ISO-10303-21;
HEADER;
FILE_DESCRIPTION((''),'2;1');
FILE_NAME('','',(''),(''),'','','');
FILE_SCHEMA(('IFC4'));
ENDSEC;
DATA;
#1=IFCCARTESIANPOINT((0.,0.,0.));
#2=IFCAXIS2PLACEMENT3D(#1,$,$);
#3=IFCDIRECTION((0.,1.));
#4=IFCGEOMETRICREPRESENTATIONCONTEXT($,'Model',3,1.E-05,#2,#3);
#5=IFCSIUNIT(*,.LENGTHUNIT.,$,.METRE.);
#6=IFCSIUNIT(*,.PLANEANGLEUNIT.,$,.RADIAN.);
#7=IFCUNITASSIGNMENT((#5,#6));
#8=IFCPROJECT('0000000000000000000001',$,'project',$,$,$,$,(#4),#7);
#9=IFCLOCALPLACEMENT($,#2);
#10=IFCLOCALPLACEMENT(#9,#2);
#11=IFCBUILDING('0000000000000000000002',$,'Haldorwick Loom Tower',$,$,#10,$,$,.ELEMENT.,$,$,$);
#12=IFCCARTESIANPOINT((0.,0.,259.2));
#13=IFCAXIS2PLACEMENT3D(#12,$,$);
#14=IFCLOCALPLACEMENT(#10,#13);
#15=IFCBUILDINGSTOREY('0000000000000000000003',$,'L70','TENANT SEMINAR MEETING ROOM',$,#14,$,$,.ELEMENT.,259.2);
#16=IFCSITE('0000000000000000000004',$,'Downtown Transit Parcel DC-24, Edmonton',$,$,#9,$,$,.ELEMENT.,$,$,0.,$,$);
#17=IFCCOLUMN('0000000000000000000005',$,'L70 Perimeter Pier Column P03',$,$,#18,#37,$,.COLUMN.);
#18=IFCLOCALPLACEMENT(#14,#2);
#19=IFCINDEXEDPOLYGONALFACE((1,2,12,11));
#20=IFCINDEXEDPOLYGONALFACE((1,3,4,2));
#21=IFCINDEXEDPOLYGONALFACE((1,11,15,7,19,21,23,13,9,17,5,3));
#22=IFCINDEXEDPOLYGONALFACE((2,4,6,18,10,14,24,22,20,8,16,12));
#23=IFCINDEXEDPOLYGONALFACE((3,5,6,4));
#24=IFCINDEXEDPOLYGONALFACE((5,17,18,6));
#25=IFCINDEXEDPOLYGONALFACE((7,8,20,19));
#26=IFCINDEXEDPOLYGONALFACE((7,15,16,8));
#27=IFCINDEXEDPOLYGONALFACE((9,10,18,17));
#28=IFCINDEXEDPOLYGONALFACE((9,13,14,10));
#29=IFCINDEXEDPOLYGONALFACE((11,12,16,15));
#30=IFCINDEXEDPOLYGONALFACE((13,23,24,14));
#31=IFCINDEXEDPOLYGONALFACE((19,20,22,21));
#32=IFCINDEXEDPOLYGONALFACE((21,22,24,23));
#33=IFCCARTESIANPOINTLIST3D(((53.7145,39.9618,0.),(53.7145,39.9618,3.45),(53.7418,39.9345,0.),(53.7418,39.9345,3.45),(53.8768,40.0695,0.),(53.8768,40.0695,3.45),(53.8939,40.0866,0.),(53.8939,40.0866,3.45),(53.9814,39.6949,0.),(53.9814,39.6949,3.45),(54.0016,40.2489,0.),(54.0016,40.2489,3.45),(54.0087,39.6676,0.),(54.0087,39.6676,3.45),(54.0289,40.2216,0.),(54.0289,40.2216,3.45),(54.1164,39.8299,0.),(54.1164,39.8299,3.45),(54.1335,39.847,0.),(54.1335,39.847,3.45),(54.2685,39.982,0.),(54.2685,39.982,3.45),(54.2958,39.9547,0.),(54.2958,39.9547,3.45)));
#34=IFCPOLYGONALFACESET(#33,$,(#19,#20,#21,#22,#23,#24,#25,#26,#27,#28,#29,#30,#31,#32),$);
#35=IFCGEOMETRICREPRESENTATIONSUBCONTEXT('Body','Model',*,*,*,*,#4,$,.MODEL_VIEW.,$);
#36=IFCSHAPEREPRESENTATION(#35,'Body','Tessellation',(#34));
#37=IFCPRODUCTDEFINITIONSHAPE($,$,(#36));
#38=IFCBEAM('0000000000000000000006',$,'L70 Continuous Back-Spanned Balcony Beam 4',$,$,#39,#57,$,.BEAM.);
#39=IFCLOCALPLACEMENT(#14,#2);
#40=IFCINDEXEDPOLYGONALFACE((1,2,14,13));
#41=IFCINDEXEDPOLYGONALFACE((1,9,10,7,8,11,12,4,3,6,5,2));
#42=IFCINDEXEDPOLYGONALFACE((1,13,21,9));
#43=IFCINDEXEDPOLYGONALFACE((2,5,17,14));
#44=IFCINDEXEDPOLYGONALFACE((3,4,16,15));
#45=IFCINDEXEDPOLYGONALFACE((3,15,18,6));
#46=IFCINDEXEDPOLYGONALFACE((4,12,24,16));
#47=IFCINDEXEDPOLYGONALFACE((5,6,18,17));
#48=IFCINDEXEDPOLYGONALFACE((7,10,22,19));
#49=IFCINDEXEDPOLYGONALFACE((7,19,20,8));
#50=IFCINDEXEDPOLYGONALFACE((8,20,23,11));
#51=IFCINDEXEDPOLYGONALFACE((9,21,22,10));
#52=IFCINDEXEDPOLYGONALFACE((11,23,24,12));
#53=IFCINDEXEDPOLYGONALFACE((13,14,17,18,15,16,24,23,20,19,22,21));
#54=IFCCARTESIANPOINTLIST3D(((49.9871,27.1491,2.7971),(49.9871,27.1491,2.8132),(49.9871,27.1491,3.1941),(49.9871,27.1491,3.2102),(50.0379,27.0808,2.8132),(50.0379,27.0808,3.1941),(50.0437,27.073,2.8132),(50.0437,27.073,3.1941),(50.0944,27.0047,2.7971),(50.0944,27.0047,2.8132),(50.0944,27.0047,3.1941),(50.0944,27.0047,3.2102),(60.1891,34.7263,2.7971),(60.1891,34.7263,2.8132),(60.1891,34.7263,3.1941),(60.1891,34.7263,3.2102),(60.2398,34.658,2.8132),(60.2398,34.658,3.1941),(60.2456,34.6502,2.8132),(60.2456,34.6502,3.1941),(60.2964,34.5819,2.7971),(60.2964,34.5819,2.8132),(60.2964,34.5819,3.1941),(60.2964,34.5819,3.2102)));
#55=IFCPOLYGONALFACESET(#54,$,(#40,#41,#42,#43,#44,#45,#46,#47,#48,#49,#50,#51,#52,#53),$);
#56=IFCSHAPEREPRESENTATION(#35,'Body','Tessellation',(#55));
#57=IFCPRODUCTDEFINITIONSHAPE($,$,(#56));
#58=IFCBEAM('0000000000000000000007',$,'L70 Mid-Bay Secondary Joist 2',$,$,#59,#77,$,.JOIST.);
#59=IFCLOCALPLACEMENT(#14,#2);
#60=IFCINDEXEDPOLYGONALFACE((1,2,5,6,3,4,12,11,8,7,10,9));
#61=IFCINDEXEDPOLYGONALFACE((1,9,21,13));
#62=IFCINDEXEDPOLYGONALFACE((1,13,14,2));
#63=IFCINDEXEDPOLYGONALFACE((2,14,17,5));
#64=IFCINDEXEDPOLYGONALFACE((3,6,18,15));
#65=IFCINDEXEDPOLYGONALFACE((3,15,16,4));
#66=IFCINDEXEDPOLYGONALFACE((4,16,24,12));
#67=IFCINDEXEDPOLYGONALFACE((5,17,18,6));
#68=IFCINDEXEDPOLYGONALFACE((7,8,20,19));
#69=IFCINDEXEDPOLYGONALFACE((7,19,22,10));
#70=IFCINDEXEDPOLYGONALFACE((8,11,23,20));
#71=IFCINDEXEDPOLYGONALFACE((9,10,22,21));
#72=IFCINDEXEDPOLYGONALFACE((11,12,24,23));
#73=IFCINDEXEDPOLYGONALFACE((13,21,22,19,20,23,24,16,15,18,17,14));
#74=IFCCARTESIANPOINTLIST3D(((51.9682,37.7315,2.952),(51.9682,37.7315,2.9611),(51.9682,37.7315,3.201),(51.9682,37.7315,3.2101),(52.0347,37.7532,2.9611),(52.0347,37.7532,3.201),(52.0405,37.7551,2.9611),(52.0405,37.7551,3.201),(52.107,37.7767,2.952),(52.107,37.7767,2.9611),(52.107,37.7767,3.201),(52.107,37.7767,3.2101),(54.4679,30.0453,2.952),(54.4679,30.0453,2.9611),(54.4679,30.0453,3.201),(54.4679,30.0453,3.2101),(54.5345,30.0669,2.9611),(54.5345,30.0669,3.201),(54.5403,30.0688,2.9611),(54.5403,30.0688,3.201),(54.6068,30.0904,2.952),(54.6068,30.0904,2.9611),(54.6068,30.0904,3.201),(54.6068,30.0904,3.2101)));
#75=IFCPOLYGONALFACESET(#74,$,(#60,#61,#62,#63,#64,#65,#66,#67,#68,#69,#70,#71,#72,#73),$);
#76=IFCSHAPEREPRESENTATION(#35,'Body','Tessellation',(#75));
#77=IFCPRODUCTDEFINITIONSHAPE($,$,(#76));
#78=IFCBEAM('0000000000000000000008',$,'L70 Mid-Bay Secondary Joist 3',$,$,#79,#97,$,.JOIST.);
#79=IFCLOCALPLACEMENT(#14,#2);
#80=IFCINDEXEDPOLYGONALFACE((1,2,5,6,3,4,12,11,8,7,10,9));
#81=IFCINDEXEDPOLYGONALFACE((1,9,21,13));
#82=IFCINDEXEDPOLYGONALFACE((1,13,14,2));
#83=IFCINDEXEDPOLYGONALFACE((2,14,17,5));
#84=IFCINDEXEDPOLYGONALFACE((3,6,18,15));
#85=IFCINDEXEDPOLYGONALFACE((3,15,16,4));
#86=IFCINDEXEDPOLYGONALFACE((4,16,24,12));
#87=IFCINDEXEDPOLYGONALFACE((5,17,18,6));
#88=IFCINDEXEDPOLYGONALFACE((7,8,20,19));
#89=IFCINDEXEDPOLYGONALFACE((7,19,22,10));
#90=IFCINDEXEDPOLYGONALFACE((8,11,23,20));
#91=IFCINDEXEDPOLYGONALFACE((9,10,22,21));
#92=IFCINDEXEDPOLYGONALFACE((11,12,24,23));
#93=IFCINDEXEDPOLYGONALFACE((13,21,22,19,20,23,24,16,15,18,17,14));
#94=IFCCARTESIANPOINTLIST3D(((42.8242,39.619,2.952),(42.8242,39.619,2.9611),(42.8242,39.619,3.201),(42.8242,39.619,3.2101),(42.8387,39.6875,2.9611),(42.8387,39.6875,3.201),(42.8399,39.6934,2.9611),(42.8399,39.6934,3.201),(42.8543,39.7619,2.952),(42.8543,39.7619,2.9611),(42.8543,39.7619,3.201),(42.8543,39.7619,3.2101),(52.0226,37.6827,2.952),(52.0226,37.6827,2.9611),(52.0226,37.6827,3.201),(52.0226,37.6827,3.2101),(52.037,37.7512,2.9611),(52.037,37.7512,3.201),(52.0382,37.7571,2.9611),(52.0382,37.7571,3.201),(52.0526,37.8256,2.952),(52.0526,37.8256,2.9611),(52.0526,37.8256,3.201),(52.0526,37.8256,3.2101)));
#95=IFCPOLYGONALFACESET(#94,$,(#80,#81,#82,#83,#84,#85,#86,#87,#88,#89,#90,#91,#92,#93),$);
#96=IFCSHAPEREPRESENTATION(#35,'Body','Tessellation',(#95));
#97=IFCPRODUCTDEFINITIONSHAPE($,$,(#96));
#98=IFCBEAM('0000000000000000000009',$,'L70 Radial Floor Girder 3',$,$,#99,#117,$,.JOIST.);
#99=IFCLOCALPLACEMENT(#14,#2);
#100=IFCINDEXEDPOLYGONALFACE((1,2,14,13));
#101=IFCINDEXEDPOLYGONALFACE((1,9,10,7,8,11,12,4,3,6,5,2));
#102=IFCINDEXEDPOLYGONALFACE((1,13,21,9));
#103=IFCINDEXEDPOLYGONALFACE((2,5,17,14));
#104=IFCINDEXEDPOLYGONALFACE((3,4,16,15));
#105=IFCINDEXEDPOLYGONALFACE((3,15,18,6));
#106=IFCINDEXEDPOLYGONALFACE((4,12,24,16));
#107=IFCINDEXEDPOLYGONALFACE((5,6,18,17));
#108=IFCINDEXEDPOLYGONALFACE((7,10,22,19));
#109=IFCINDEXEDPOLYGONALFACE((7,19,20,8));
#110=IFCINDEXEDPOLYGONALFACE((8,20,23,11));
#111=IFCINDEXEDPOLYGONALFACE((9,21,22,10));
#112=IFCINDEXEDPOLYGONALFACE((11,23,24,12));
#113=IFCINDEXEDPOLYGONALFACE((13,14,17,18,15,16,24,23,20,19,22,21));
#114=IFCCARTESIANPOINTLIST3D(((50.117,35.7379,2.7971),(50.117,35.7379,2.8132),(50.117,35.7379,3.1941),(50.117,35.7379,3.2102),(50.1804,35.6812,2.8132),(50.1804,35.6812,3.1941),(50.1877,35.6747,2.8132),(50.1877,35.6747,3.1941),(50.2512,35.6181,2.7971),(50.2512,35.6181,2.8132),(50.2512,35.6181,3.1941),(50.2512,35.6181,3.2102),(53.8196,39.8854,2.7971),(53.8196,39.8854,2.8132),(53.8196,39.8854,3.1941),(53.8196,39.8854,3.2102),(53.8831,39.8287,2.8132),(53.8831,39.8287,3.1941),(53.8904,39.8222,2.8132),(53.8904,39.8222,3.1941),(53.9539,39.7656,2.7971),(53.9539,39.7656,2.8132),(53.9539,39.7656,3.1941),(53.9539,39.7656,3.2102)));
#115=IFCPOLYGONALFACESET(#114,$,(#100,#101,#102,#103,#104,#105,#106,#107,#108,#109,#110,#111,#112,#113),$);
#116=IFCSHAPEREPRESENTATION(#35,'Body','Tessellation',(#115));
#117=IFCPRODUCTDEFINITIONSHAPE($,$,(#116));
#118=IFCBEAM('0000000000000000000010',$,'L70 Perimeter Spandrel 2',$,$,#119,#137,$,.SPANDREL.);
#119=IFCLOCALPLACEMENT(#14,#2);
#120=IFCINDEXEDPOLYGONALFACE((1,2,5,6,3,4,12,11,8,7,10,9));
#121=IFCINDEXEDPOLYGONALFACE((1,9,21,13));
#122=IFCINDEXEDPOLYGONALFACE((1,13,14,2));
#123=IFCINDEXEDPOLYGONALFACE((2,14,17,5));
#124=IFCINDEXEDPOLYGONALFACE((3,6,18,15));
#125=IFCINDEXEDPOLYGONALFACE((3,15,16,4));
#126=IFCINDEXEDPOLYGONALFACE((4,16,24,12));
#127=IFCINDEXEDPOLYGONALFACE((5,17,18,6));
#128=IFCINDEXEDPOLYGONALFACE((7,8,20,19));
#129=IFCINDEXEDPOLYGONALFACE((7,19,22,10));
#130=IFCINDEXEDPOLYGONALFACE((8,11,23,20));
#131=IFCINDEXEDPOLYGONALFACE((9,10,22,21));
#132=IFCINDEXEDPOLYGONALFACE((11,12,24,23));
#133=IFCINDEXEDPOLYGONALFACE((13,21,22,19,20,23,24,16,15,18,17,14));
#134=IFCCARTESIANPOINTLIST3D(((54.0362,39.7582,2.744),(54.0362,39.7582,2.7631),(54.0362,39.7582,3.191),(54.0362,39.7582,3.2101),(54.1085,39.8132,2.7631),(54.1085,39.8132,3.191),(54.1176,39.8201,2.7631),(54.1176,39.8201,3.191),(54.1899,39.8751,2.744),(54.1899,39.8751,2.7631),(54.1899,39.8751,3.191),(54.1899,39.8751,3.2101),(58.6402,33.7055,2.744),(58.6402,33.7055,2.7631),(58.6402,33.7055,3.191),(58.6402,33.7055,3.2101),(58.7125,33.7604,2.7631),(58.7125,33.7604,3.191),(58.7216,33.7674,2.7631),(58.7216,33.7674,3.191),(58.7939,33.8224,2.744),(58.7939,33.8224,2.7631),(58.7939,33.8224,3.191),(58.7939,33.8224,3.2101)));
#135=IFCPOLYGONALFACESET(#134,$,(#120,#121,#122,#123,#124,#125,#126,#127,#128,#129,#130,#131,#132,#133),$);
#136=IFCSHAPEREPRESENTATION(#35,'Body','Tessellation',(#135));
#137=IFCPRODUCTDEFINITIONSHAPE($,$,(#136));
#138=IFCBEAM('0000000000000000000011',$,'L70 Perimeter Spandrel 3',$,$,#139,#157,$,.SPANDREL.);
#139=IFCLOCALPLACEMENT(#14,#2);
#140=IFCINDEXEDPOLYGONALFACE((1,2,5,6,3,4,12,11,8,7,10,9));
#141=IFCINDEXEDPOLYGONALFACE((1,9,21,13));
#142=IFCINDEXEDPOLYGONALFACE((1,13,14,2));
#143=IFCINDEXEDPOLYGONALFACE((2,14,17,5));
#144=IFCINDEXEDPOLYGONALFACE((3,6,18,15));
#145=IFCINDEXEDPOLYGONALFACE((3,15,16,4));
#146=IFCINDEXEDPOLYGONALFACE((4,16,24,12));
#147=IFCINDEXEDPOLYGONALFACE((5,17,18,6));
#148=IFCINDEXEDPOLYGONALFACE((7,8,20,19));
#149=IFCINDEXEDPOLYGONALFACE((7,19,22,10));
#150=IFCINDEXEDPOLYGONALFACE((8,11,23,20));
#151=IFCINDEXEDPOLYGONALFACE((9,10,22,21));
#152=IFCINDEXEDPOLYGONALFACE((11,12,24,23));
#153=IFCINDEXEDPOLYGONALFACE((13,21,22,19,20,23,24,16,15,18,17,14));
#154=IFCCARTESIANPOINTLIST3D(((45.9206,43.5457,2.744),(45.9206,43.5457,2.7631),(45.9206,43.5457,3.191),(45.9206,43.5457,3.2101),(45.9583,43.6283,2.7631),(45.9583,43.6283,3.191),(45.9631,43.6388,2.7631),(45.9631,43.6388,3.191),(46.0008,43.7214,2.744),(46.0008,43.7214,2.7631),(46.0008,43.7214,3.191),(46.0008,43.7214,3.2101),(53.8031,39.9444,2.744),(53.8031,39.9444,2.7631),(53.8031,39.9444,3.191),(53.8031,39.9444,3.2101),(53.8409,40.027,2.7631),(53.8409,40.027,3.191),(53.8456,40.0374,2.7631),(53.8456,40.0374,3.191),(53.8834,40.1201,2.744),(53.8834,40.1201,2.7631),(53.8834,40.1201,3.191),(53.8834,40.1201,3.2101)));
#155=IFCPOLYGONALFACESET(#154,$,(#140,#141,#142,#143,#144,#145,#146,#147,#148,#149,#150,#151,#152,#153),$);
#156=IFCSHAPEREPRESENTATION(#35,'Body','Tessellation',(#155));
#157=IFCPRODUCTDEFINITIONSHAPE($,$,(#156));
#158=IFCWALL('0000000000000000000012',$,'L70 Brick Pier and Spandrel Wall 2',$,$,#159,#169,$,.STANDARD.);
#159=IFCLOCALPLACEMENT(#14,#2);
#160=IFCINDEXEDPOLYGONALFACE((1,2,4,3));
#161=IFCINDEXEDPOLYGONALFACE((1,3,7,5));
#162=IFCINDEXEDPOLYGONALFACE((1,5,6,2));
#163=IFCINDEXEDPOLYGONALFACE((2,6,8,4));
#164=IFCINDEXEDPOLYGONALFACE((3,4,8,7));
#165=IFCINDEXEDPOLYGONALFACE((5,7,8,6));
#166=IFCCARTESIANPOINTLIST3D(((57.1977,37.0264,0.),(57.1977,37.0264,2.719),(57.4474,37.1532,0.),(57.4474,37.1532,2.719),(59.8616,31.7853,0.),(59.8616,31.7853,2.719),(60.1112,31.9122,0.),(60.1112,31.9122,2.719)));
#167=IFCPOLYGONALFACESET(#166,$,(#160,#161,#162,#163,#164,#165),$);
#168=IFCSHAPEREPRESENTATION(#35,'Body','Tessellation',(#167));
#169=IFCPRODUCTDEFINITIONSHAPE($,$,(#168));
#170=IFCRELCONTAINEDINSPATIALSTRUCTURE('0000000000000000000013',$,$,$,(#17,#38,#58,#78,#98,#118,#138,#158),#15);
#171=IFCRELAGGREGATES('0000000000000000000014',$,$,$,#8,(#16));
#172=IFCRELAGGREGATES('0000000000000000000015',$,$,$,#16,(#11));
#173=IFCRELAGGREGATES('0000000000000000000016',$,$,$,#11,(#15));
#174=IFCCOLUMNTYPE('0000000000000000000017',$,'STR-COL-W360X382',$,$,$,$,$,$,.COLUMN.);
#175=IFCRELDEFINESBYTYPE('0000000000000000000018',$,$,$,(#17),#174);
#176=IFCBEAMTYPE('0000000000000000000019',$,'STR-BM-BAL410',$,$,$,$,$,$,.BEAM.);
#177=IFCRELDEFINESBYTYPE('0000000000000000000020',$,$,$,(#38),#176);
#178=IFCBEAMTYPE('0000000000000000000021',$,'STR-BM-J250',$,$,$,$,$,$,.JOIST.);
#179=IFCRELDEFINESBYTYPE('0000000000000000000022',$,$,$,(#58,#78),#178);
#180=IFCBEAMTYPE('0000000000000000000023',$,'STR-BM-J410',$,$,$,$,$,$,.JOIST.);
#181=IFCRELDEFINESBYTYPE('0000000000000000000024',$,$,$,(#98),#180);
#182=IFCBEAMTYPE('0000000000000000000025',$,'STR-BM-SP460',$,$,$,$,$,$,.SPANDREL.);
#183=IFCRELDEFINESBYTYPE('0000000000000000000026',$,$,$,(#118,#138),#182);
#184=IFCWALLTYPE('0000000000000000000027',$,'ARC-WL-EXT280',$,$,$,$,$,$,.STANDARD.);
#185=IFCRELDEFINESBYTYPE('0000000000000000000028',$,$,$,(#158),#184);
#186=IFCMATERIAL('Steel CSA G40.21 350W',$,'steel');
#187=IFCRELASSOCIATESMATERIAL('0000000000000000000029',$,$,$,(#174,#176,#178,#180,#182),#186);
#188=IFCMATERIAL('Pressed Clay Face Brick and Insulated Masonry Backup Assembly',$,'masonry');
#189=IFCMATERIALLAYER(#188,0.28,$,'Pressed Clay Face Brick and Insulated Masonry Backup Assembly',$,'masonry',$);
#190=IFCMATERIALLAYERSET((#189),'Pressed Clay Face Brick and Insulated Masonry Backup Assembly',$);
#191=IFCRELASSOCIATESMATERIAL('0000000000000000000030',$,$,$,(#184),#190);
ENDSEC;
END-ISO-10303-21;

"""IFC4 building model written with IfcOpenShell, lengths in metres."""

from ifc_helpers import new_model, si_unit, direction, frame, frame_2d, origin, origin_2d, place, context, subcontext, project, spatial, rectangle, i_section, extrude, material, layer, layer_set, material_profile, profile_set, type_object, element, save


model = new_model("IFC4")

# Units and contexts
model_context = context("Model", 3, precision=1e-05, world=origin(), true_north=direction((0.0, 1.0)))
body_context = subcontext(model_context, "Body", "Model", "MODEL_VIEW")
ifc_project = project(units=[si_unit("LENGTHUNIT", "METRE"), si_unit("PLANEANGLEUNIT", "RADIAN")], contexts=[model_context])

# Site, building, storey
site_placement = place(None, origin())
site = spatial("IfcSite", under=ifc_project, at=site_placement, Name="Downtown Transit Parcel DC-24, Edmonton", CompositionType="ELEMENT", RefElevation=0.0)
building_placement = place(site_placement, origin())
building = spatial("IfcBuilding", under=site, at=building_placement, Name="Haldorwick Loom Tower", CompositionType="ELEMENT")
storey_placement = place(building_placement, frame((0.0, 0.0, 259.2)))
storey = spatial("IfcBuildingStorey", under=building, at=storey_placement, Name="L70", Description="TENANT SEMINAR MEETING ROOM", CompositionType="ELEMENT", Elevation=259.2)

# Column
ifc_material_1 = material(Name="Steel CSA G40.21 350W", Category="steel")
ifc_material_profile_1 = material_profile(ifc_material_1, i_section(OverallWidth=0.406, OverallDepth=0.416, WebThickness=0.0242, FlangeThickness=0.0386, at=origin_2d()), Name="W360X382", Category="steel")
ifc_profile_set_1 = profile_set([ifc_material_profile_1], Name="Steel CSA G40.21 350W")
column_type_1 = type_object("IfcColumnType", Name="STR-COL-W360X382", PredefinedType="COLUMN", material=ifc_profile_set_1)
column_1_placement = place(storey_placement, frame((54.0051, 39.9583, 0.0), z_axis=(0.0, 0.0, 1.0), x_axis=(0.707107, 0.707107, 0.0)))
element("IfcColumn", 1, at=column_1_placement, inside=storey, type_object=column_type_1, Name="L70 Perimeter Pier Column P03", PredefinedType="COLUMN", context=body_context, shape_type="SweptSolid", body=[
    extrude(i_section(OverallWidth=0.406, OverallDepth=0.416, WebThickness=0.0242, FlangeThickness=0.0386, at=origin_2d()), origin(), (0.0, 0.0, 1.0), 3.45),
])

# Beams
ifc_material_profile_2 = material_profile(ifc_material_1, i_section(OverallWidth=0.1799, OverallDepth=0.4131, WebThickness=0.0098, FlangeThickness=0.0161, at=origin_2d()), Name="W410X74", Category="steel")
ifc_profile_set_2 = profile_set([ifc_material_profile_2], Name="Steel CSA G40.21 350W")
beam_type_1 = type_object("IfcBeamType", Name="STR-BM-BAL410", PredefinedType="BEAM", material=ifc_profile_set_2)
beam_1_placement = place(storey_placement, frame((50.0408, 27.0769, 3.0037), z_axis=(0.802797, 0.596253, 0.0), x_axis=(-0.596253, 0.802797, 0.0)))
element("IfcBeam", 2, at=beam_1_placement, inside=storey, type_object=beam_type_1, Name="L70 Continuous Back-Spanned Balcony Beam 4", PredefinedType="BEAM", context=body_context, shape_type="SweptSolid", body=[
    extrude(i_section(OverallWidth=0.1799, OverallDepth=0.4131, WebThickness=0.0098, FlangeThickness=0.0161, at=origin_2d()), origin(), (0.0, 0.0, 1.0), 12.708),
])
ifc_material_profile_3 = material_profile(ifc_material_1, i_section(OverallWidth=0.146, OverallDepth=0.2581, WebThickness=0.0061, FlangeThickness=0.009, at=origin_2d()), Name="W250X33", Category="steel")
ifc_profile_set_3 = profile_set([ifc_material_profile_3], Name="Steel CSA G40.21 350W")
beam_type_2 = type_object("IfcBeamType", Name="STR-BM-J250", PredefinedType="JOIST", material=ifc_profile_set_3)
beam_2_placement = place(storey_placement, frame((54.5374, 30.0679, 3.0811), z_axis=(-0.309278, 0.950972, 0.0), x_axis=(-0.950972, -0.309278, 0.0)))
element("IfcBeam", 3, at=beam_2_placement, inside=storey, type_object=beam_type_2, Name="L70 Mid-Bay Secondary Joist 2", PredefinedType="JOIST", context=body_context, shape_type="SweptSolid", body=[
    extrude(i_section(OverallWidth=0.146, OverallDepth=0.2581, WebThickness=0.0061, FlangeThickness=0.009, at=origin_2d()), origin(), (0.0, 0.0, 1.0), 8.0825),
])
beam_3_placement = place(storey_placement, frame((52.0376, 37.7542, 3.0811), z_axis=(-0.978554, 0.205991, 0.0), x_axis=(-0.205991, -0.978554, 0.0)))
element("IfcBeam", 4, at=beam_3_placement, inside=storey, type_object=beam_type_2, Name="L70 Mid-Bay Secondary Joist 3", PredefinedType="JOIST", context=body_context, shape_type="SweptSolid", body=[
    extrude(i_section(OverallWidth=0.146, OverallDepth=0.2581, WebThickness=0.0061, FlangeThickness=0.009, at=origin_2d()), origin(), (0.0, 0.0, 1.0), 9.3999),
])
ifc_material_profile_4 = material_profile(ifc_material_1, i_section(OverallWidth=0.1799, OverallDepth=0.4131, WebThickness=0.0098, FlangeThickness=0.0161, at=origin_2d()), Name="W410X74", Category="steel")
ifc_profile_set_4 = profile_set([ifc_material_profile_4], Name="Steel CSA G40.21 350W")
beam_type_3 = type_object("IfcBeamType", Name="STR-BM-J410", PredefinedType="JOIST", material=ifc_profile_set_4)
beam_4_placement = place(storey_placement, frame((50.1841, 35.678, 3.0037), z_axis=(0.66597, 0.745978, 0.0), x_axis=(-0.745978, 0.66597, 0.0)))
element("IfcBeam", 5, at=beam_4_placement, inside=storey, type_object=beam_type_3, Name="L70 Radial Floor Girder 3", PredefinedType="JOIST", context=body_context, shape_type="SweptSolid", body=[
    extrude(i_section(OverallWidth=0.1799, OverallDepth=0.4131, WebThickness=0.0098, FlangeThickness=0.0161, at=origin_2d()), origin(), (0.0, 0.0, 1.0), 5.5598),
])
ifc_material_profile_5 = material_profile(ifc_material_1, i_section(OverallWidth=0.1931, OverallDepth=0.4661, WebThickness=0.0115, FlangeThickness=0.019, at=origin_2d()), Name="W460X97", Category="steel")
ifc_profile_set_5 = profile_set([ifc_material_profile_5], Name="Steel CSA G40.21 350W")
beam_type_4 = type_object("IfcBeamType", Name="STR-BM-SP460", PredefinedType="SPANDREL", material=ifc_profile_set_5)
beam_5_placement = place(storey_placement, frame((58.717, 33.7639, 2.9771), z_axis=(-0.60541, 0.795913, 0.0), x_axis=(-0.795913, -0.60541, 0.0)))
element("IfcBeam", 6, at=beam_5_placement, inside=storey, type_object=beam_type_4, Name="L70 Perimeter Spandrel 2", PredefinedType="SPANDREL", context=body_context, shape_type="SweptSolid", body=[
    extrude(i_section(OverallWidth=0.1931, OverallDepth=0.4661, WebThickness=0.0115, FlangeThickness=0.019, at=origin_2d()), origin(), (0.0, 0.0, 1.0), 7.6047),
])
beam_6_placement = place(storey_placement, frame((53.8433, 40.0322, 2.9771), z_axis=(-0.909568, 0.415555, 0.0), x_axis=(-0.415555, -0.909568, 0.0)))
element("IfcBeam", 7, at=beam_6_placement, inside=storey, type_object=beam_type_4, Name="L70 Perimeter Spandrel 3", PredefinedType="SPANDREL", context=body_context, shape_type="SweptSolid", body=[
    extrude(i_section(OverallWidth=0.1931, OverallDepth=0.4661, WebThickness=0.0115, FlangeThickness=0.019, at=origin_2d()), origin(), (0.0, 0.0, 1.0), 8.6663),
])

# Wall
ifc_material_2 = material(Name="Pressed Clay Face Brick and Insulated Masonry Backup Assembly", Category="masonry")
ifc_layer_1 = layer(ifc_material_2, 0.28, Name="Pressed Clay Face Brick and Insulated Masonry Backup Assembly", Category="masonry")
ifc_layer_set_1 = layer_set([ifc_layer_1], Name="Pressed Clay Face Brick and Insulated Masonry Backup Assembly")
wall_type_1 = type_object("IfcWallType", Name="ARC-WL-EXT280", PredefinedType="STANDARD", material=ifc_layer_set_1)
wall_1_placement = place(storey_placement, frame((59.9863, 31.8489, 0.0), z_axis=(0.0, 0.0, 1.0), x_axis=(-0.453101, 0.891459, 0.0)))
element("IfcWall", 8, at=wall_1_placement, inside=storey, type_object=wall_type_1, Name="L70 Brick Pier and Spandrel Wall 2", PredefinedType="STANDARD", context=body_context, shape_type="SweptSolid", body=[
    extrude(rectangle(XDim=5.8792, YDim=0.28, at=frame_2d((2.9395, 0.0))), origin(), (0.0, 0.0, 1.0), 2.719),
])

save(model, "model.ifc")
